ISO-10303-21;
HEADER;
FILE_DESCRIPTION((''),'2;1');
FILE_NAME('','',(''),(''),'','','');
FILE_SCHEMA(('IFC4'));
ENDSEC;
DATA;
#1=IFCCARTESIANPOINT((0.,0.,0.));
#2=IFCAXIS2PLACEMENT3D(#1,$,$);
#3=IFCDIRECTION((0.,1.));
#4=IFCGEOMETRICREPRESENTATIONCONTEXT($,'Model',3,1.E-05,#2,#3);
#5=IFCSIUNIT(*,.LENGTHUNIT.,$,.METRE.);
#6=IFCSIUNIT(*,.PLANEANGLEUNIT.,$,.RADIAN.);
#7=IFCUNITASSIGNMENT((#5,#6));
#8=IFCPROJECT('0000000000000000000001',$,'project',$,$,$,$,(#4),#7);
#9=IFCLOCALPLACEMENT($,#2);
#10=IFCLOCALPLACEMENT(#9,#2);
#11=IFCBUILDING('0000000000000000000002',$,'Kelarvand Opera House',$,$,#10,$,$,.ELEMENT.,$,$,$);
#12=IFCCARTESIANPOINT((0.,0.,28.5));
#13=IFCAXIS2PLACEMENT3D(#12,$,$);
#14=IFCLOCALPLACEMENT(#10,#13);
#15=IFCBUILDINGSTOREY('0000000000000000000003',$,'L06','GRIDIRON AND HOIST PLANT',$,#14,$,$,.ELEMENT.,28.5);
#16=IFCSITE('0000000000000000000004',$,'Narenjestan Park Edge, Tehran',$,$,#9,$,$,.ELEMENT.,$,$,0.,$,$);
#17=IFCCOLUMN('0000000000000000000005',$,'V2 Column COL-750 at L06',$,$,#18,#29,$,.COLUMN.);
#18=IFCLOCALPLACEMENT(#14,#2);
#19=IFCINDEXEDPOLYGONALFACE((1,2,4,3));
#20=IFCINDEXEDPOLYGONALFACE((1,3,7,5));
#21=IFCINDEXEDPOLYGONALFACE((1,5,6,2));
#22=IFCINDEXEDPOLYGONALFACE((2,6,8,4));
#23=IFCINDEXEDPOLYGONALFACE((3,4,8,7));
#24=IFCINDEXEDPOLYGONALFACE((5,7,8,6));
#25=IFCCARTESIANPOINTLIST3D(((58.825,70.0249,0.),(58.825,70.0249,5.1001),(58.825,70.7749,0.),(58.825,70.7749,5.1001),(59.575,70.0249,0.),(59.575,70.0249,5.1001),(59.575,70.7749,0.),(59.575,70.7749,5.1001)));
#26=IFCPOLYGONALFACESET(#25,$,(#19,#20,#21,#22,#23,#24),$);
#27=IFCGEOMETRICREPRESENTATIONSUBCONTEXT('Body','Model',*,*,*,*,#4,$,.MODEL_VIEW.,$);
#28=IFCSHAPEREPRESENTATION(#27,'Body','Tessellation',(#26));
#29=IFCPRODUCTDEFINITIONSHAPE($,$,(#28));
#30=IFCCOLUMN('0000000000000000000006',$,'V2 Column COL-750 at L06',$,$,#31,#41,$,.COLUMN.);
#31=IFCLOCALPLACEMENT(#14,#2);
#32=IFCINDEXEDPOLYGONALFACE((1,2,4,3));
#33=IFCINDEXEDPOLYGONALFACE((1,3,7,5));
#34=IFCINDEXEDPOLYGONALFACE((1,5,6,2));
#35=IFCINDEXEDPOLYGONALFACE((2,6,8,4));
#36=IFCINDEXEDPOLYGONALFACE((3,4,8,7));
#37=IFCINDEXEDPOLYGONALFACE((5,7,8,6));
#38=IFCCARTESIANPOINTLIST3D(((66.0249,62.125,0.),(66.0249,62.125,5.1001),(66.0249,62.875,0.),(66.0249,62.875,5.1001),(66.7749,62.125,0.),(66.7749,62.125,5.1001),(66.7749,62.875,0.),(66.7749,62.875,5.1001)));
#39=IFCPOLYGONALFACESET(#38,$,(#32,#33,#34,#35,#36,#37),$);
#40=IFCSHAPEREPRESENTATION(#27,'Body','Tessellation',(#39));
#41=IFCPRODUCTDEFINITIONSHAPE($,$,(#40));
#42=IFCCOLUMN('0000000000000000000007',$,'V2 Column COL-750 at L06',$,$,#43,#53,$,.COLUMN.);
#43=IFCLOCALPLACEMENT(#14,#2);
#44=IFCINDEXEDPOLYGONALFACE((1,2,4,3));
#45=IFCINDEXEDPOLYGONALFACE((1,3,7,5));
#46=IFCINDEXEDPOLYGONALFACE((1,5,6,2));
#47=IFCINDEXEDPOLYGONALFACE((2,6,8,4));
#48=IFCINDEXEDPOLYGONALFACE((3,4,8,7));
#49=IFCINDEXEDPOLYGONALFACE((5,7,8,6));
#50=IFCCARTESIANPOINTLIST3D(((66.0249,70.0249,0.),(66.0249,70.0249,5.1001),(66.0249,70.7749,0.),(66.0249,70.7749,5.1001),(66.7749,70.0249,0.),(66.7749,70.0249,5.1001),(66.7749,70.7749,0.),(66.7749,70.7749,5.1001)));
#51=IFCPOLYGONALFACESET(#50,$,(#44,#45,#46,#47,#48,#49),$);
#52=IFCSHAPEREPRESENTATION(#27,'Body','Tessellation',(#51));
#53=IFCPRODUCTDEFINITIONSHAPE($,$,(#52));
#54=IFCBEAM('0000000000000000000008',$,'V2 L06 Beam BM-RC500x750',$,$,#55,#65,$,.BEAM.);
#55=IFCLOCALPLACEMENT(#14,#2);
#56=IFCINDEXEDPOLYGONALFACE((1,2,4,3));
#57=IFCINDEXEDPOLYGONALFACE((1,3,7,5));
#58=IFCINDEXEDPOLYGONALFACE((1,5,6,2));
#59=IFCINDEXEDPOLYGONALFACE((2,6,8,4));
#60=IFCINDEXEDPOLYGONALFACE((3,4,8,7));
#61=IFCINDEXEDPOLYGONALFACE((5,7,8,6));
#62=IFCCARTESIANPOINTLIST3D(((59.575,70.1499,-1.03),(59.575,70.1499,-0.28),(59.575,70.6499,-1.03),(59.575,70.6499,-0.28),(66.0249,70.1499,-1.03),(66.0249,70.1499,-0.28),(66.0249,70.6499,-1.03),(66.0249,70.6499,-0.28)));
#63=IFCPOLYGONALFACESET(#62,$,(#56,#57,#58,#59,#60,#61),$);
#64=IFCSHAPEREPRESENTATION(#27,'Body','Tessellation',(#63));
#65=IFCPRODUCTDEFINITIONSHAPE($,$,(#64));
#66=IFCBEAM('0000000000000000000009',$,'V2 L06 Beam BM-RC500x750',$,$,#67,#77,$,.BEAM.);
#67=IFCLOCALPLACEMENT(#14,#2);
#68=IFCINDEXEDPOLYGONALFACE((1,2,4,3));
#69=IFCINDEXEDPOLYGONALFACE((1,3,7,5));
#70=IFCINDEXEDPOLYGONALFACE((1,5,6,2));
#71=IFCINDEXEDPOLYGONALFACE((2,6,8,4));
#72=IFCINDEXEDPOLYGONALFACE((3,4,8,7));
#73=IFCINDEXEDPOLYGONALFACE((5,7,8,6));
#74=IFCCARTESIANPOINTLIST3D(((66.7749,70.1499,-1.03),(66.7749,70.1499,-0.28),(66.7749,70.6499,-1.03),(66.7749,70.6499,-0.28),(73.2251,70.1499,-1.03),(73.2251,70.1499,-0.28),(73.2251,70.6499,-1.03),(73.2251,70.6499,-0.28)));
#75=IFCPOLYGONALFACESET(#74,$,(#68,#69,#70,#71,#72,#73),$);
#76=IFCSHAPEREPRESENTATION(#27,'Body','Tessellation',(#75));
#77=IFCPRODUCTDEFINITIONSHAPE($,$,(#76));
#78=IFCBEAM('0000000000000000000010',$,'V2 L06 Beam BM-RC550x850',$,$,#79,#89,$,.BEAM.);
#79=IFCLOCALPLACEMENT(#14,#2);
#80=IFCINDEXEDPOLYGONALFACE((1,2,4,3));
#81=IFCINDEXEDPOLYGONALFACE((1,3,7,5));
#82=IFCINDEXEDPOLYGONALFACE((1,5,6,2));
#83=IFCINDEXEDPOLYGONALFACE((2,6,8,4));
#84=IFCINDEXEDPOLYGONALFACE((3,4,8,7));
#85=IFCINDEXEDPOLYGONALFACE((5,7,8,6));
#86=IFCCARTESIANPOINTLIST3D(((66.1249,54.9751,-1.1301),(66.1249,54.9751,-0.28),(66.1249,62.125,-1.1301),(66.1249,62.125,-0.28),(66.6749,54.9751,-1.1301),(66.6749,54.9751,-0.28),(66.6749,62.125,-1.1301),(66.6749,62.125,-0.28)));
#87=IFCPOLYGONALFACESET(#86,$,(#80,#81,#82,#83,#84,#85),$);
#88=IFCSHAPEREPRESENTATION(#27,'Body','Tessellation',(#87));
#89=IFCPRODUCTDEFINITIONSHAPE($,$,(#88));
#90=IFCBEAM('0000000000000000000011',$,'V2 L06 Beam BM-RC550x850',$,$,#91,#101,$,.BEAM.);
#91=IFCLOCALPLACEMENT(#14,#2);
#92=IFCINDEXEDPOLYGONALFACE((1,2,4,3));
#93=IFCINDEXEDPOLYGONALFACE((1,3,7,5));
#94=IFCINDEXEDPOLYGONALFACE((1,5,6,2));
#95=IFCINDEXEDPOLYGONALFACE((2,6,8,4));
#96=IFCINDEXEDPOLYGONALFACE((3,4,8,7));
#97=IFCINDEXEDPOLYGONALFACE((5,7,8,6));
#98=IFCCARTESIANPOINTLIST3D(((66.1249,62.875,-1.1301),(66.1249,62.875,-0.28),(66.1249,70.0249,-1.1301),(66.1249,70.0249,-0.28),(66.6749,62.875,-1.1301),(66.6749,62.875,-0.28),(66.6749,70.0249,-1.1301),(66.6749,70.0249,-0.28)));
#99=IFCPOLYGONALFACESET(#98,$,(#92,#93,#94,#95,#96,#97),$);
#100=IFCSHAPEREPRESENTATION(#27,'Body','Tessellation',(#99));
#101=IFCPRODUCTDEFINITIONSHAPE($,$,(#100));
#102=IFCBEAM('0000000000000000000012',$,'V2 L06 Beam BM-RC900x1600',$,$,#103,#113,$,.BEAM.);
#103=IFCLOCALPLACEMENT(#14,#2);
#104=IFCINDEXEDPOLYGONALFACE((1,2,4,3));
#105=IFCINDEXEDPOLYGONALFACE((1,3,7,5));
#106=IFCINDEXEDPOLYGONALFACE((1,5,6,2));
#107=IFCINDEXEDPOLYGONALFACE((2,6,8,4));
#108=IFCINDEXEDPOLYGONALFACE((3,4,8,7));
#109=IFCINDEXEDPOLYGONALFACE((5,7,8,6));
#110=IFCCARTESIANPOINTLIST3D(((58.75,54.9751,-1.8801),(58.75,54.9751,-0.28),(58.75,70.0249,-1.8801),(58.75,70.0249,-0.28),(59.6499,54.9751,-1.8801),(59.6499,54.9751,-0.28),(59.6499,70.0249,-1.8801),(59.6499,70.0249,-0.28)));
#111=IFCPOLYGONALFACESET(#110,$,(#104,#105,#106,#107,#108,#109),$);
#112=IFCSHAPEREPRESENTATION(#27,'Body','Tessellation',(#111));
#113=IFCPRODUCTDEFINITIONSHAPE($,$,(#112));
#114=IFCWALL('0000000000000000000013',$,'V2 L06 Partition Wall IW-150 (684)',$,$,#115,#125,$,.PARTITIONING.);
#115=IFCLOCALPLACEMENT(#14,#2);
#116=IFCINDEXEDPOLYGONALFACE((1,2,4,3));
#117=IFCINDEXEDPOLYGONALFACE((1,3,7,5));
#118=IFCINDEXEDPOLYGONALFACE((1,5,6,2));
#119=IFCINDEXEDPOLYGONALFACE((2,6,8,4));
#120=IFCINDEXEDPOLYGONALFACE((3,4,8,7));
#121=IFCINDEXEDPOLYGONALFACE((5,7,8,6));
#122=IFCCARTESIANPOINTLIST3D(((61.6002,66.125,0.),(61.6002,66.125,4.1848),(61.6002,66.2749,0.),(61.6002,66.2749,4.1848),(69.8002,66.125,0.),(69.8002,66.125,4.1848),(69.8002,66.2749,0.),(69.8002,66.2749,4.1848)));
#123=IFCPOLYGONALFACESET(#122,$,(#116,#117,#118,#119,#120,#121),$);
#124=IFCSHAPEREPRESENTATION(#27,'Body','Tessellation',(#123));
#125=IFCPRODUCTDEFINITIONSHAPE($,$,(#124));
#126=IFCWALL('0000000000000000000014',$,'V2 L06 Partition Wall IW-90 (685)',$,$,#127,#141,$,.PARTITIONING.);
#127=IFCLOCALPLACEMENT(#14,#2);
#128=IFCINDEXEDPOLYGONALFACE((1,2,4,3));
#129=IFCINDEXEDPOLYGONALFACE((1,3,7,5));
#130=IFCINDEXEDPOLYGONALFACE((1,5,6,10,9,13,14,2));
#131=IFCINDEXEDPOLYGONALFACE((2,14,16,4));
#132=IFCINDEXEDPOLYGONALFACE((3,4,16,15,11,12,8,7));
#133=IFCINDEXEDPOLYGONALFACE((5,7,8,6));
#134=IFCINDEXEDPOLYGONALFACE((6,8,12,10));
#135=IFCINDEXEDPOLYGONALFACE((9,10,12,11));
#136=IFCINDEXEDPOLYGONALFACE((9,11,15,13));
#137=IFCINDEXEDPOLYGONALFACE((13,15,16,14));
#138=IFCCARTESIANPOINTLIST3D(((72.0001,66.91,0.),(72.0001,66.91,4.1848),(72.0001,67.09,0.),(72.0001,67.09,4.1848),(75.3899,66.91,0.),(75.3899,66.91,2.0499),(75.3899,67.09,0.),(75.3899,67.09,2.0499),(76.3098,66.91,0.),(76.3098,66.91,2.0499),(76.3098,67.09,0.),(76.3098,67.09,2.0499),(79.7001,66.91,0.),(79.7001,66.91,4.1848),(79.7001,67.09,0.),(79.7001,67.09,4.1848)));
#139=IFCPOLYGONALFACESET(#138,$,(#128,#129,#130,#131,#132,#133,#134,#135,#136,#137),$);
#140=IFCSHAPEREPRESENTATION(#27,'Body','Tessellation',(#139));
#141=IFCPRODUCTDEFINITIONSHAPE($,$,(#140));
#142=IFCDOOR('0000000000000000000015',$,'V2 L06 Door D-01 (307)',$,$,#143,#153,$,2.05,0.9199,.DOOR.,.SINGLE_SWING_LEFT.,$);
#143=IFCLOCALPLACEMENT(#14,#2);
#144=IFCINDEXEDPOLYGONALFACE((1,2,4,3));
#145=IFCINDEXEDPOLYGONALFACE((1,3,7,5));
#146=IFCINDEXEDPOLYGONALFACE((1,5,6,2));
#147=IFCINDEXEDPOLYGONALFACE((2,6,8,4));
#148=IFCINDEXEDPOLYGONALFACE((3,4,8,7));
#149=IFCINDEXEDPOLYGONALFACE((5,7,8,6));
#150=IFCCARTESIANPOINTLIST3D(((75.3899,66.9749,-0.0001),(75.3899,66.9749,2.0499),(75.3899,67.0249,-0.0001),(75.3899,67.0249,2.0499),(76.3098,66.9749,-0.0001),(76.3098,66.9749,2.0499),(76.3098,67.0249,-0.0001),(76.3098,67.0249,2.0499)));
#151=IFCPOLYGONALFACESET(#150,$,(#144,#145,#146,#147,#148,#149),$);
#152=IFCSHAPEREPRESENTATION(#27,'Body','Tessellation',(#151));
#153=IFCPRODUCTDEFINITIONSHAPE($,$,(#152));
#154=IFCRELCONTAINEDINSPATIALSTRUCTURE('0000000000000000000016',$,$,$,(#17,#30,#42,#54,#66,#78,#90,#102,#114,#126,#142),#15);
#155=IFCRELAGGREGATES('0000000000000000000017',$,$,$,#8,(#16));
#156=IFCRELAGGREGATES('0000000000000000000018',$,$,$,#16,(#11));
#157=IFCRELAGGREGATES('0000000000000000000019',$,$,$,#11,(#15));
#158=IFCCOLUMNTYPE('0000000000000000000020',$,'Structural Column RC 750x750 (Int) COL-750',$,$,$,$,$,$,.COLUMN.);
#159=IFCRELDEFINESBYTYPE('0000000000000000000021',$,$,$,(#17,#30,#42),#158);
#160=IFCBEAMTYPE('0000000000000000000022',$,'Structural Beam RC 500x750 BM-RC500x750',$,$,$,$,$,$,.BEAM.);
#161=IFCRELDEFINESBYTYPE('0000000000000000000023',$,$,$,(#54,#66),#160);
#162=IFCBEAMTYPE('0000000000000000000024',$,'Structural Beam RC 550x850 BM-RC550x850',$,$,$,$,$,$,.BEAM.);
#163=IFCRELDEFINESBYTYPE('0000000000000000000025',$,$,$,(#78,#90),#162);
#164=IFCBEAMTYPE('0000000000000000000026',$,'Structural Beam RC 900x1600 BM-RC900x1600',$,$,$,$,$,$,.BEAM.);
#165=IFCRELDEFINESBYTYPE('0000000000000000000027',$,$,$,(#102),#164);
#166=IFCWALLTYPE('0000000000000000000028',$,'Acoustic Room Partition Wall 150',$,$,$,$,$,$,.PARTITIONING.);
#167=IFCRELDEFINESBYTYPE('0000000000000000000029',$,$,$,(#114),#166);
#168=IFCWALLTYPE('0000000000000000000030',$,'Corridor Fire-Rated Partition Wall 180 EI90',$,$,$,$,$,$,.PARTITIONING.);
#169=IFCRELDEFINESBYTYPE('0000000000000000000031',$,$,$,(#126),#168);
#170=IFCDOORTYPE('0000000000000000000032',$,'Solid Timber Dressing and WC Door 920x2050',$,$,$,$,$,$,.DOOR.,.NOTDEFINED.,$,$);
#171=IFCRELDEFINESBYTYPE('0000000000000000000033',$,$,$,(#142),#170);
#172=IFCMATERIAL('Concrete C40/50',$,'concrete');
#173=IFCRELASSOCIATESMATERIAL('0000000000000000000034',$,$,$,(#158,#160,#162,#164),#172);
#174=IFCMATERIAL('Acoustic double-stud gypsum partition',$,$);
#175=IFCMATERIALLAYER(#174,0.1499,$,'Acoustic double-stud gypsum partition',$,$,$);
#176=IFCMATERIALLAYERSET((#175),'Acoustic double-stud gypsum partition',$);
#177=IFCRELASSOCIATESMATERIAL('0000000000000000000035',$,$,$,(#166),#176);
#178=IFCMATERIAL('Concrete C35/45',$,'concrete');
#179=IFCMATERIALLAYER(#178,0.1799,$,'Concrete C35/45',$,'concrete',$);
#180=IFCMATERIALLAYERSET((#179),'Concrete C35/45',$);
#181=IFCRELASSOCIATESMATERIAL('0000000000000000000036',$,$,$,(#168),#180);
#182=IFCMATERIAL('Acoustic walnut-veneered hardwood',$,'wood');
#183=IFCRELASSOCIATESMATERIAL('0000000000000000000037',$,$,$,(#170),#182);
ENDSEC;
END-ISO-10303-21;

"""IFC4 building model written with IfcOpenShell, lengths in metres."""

from ifc_helpers import new_model, si_unit, direction, frame, frame_2d, origin, origin_2d, place, context, subcontext, project, spatial, rectangle, extrude, material, layer, layer_set, material_profile, profile_set, type_object, element, fill, save


model = new_model("IFC4")

# Units and contexts
model_context = context("Model", 3, precision=1e-05, world=origin(), true_north=direction((0.0, 1.0)))
body_context = subcontext(model_context, "Body", "Model", "MODEL_VIEW")
ifc_project = project(units=[si_unit("LENGTHUNIT", "METRE"), si_unit("PLANEANGLEUNIT", "RADIAN")], contexts=[model_context])

# Site, building, storey
site_placement = place(None, origin())
site = spatial("IfcSite", under=ifc_project, at=site_placement, Name="Narenjestan Park Edge, Tehran", CompositionType="ELEMENT", RefElevation=0.0)
building_placement = place(site_placement, origin())
building = spatial("IfcBuilding", under=site, at=building_placement, Name="Kelarvand Opera House", CompositionType="ELEMENT")
storey_placement = place(building_placement, frame((0.0, 0.0, 28.5)))
storey = spatial("IfcBuildingStorey", under=building, at=storey_placement, Name="L06", Description="GRIDIRON AND HOIST PLANT", CompositionType="ELEMENT", Elevation=28.5)

# Columns
ifc_material_1 = material(Name="Concrete C40/50", Category="concrete")
ifc_material_profile_1 = material_profile(ifc_material_1, rectangle(XDim=0.75, YDim=0.75, at=origin_2d()), Name="RC 750x750", Category="concrete")
ifc_profile_set_1 = profile_set([ifc_material_profile_1], Name="Concrete C40/50")
column_type = type_object("IfcColumnType", Name="Structural Column RC 750x750 (Int) COL-750", PredefinedType="COLUMN", material=ifc_profile_set_1)
for number, where, z_axis, x_axis, name in (
    (1, (59.2, 70.3999, 0.0), (0.0, 0.0, 1.0), (1.0, 0.0, 0.0), "V2 Column COL-750 at L06"),
    (2, (66.3999, 62.5, 0.0), (0.0, 0.0, 1.0), (1.0, 0.0, 0.0), "V2 Column COL-750 at L06"),
    (3, (66.3999, 70.3999, 0.0), (0.0, 0.0, 1.0), (1.0, 0.0, 0.0), "V2 Column COL-750 at L06"),
):
    element("IfcColumn", number, at=place(storey_placement, frame(where, z_axis=z_axis, x_axis=x_axis)), inside=storey, type_object=column_type, Name=name, PredefinedType="COLUMN", context=body_context, shape_type="SweptSolid", body=[
        extrude(rectangle(XDim=0.75, YDim=0.75, at=origin_2d()), origin(), (0.0, 0.0, 1.0), 5.1001),
    ])

# Beams
ifc_material_profile_2 = material_profile(ifc_material_1, rectangle(XDim=0.5, YDim=0.75, at=origin_2d()), Name="RC 500x750", Category="concrete")
ifc_profile_set_2 = profile_set([ifc_material_profile_2], Name="Concrete C40/50")
beam_type_1 = type_object("IfcBeamType", Name="Structural Beam RC 500x750 BM-RC500x750", PredefinedType="BEAM", material=ifc_profile_set_2)
beam_1_placement = place(storey_placement, frame((59.575, 70.3999, -0.655), z_axis=(1.0, 0.0, 0.0), x_axis=(0.0, 1.0, 0.0)))
element("IfcBeam", 4, at=beam_1_placement, inside=storey, type_object=beam_type_1, Name="V2 L06 Beam BM-RC500x750", PredefinedType="BEAM", context=body_context, shape_type="SweptSolid", body=[
    extrude(rectangle(XDim=0.5, YDim=0.75, at=origin_2d()), origin(), (0.0, 0.0, 1.0), 6.45),
])
beam_2_placement = place(storey_placement, frame((66.7749, 70.3999, -0.655), z_axis=(1.0, 0.0, 0.0), x_axis=(0.0, 1.0, 0.0)))
element("IfcBeam", 5, at=beam_2_placement, inside=storey, type_object=beam_type_1, Name="V2 L06 Beam BM-RC500x750", PredefinedType="BEAM", context=body_context, shape_type="SweptSolid", body=[
    extrude(rectangle(XDim=0.5, YDim=0.75, at=origin_2d()), origin(), (0.0, 0.0, 1.0), 6.4502),
])
ifc_material_profile_3 = material_profile(ifc_material_1, rectangle(XDim=0.55, YDim=0.8501, at=origin_2d()), Name="RC 550x850", Category="concrete")
ifc_profile_set_3 = profile_set([ifc_material_profile_3], Name="Concrete C40/50")
beam_type_2 = type_object("IfcBeamType", Name="Structural Beam RC 550x850 BM-RC550x850", PredefinedType="BEAM", material=ifc_profile_set_3)
for number, where, z_axis, x_axis, name in (
    (6, (66.3999, 54.9751, -0.7051), (0.0, 1.0, 0.0), (-1.0, 0.0, 0.0), "V2 L06 Beam BM-RC550x850"),
    (7, (66.3999, 62.875, -0.7051), (0.0, 1.0, 0.0), (-1.0, 0.0, 0.0), "V2 L06 Beam BM-RC550x850"),
):
    element("IfcBeam", number, at=place(storey_placement, frame(where, z_axis=z_axis, x_axis=x_axis)), inside=storey, type_object=beam_type_2, Name=name, PredefinedType="BEAM", context=body_context, shape_type="SweptSolid", body=[
        extrude(rectangle(XDim=0.55, YDim=0.8501, at=origin_2d()), origin(), (0.0, 0.0, 1.0), 7.1499),
    ])
ifc_material_profile_4 = material_profile(ifc_material_1, rectangle(XDim=0.8999, YDim=1.6001, at=origin_2d()), Name="RC 900x1600", Category="concrete")
ifc_profile_set_4 = profile_set([ifc_material_profile_4], Name="Concrete C40/50")
beam_type_3 = type_object("IfcBeamType", Name="Structural Beam RC 900x1600 BM-RC900x1600", PredefinedType="BEAM", material=ifc_profile_set_4)
beam_3_placement = place(storey_placement, frame((59.2, 54.9751, -1.0801), z_axis=(0.0, 1.0, 0.0), x_axis=(-1.0, 0.0, 0.0)))
element("IfcBeam", 8, at=beam_3_placement, inside=storey, type_object=beam_type_3, Name="V2 L06 Beam BM-RC900x1600", PredefinedType="BEAM", context=body_context, shape_type="SweptSolid", body=[
    extrude(rectangle(XDim=0.8999, YDim=1.6001, at=origin_2d()), origin(), (0.0, 0.0, 1.0), 15.0498),
])

# Wall
ifc_material_2 = material(Name="Acoustic double-stud gypsum partition")
ifc_layer_1 = layer(ifc_material_2, 0.1499, Name="Acoustic double-stud gypsum partition")
ifc_layer_set_1 = layer_set([ifc_layer_1], Name="Acoustic double-stud gypsum partition")
wall_type_1 = type_object("IfcWallType", Name="Acoustic Room Partition Wall 150", PredefinedType="PARTITIONING", material=ifc_layer_set_1)
wall_1_placement = place(storey_placement, frame((61.6001, 66.2, 0.0), z_axis=(0.0, 0.0, 1.0), x_axis=(1.0, 0.0, 0.0)))
element("IfcWall", 9, at=wall_1_placement, inside=storey, type_object=wall_type_1, Name="V2 L06 Partition Wall IW-150 (684)", PredefinedType="PARTITIONING", context=body_context, shape_type="SweptSolid", body=[
    extrude(rectangle(XDim=8.2, YDim=0.1499, at=frame_2d((4.1001, 0.0))), origin(), (0.0, 0.0, 1.0), 4.1848),
])

# Wall, opening, door
ifc_material_3 = material(Name="Concrete C35/45", Category="concrete")
ifc_layer_2 = layer(ifc_material_3, 0.1799, Name="Concrete C35/45", Category="concrete")
ifc_layer_set_2 = layer_set([ifc_layer_2], Name="Concrete C35/45")
wall_type_2 = type_object("IfcWallType", Name="Corridor Fire-Rated Partition Wall 180 EI90", PredefinedType="PARTITIONING", material=ifc_layer_set_2)
wall_2_placement = place(storey_placement, frame((72.0, 67.0, 0.0), z_axis=(0.0, 0.0, 1.0), x_axis=(1.0, 0.0, 0.0)))
wall_2 = element("IfcWall", 10, at=wall_2_placement, inside=storey, type_object=wall_type_2, Name="V2 L06 Partition Wall IW-90 (685)", PredefinedType="PARTITIONING", context=body_context, shape_type="SweptSolid", body=[
    extrude(rectangle(XDim=7.7, YDim=0.1799, at=frame_2d((3.8501, 0.0))), origin(), (0.0, 0.0, 1.0), 4.1848),
])
opening_1_placement = place(wall_2_placement, frame((3.3899, 0.0, 0.0)))
opening_1 = element("IfcOpeningElement", 11, at=opening_1_placement, cuts=wall_2, PredefinedType="OPENING", context=body_context, shape_type="SweptSolid", body=[
    extrude(rectangle(XDim=0.9199, YDim=2.05, at=frame_2d((0.46, 1.0249))), frame((0.0, 0.1001, 0.0), z_axis=(0.0, -1.0, 0.0), x_axis=(1.0, 0.0, 0.0)), (0.0, 0.0, 1.0), 0.2),
])
ifc_material_4 = material(Name="Acoustic walnut-veneered hardwood", Category="wood")
door_type = type_object("IfcDoorType", Name="Solid Timber Dressing and WC Door 920x2050", OperationType="NOTDEFINED", PredefinedType="DOOR", material=ifc_material_4)
door_placement = place(opening_1_placement, origin())
door = element("IfcDoor", 12, at=door_placement, inside=storey, type_object=door_type, Name="V2 L06 Door D-01 (307)", OperationType="SINGLE_SWING_LEFT", OverallHeight=2.05, OverallWidth=0.9199, PredefinedType="DOOR", context=body_context, shape_type="SweptSolid", body=[
    extrude(rectangle(XDim=0.9199, YDim=2.05, at=frame_2d((0.46, 1.0249))), frame((0.0, 0.0249, 0.0), z_axis=(0.0, -1.0, 0.0), x_axis=(1.0, 0.0, 0.0)), (0.0, 0.0, 1.0), 0.05),
])
fill(opening_1, door)

save(model, "model.ifc")
